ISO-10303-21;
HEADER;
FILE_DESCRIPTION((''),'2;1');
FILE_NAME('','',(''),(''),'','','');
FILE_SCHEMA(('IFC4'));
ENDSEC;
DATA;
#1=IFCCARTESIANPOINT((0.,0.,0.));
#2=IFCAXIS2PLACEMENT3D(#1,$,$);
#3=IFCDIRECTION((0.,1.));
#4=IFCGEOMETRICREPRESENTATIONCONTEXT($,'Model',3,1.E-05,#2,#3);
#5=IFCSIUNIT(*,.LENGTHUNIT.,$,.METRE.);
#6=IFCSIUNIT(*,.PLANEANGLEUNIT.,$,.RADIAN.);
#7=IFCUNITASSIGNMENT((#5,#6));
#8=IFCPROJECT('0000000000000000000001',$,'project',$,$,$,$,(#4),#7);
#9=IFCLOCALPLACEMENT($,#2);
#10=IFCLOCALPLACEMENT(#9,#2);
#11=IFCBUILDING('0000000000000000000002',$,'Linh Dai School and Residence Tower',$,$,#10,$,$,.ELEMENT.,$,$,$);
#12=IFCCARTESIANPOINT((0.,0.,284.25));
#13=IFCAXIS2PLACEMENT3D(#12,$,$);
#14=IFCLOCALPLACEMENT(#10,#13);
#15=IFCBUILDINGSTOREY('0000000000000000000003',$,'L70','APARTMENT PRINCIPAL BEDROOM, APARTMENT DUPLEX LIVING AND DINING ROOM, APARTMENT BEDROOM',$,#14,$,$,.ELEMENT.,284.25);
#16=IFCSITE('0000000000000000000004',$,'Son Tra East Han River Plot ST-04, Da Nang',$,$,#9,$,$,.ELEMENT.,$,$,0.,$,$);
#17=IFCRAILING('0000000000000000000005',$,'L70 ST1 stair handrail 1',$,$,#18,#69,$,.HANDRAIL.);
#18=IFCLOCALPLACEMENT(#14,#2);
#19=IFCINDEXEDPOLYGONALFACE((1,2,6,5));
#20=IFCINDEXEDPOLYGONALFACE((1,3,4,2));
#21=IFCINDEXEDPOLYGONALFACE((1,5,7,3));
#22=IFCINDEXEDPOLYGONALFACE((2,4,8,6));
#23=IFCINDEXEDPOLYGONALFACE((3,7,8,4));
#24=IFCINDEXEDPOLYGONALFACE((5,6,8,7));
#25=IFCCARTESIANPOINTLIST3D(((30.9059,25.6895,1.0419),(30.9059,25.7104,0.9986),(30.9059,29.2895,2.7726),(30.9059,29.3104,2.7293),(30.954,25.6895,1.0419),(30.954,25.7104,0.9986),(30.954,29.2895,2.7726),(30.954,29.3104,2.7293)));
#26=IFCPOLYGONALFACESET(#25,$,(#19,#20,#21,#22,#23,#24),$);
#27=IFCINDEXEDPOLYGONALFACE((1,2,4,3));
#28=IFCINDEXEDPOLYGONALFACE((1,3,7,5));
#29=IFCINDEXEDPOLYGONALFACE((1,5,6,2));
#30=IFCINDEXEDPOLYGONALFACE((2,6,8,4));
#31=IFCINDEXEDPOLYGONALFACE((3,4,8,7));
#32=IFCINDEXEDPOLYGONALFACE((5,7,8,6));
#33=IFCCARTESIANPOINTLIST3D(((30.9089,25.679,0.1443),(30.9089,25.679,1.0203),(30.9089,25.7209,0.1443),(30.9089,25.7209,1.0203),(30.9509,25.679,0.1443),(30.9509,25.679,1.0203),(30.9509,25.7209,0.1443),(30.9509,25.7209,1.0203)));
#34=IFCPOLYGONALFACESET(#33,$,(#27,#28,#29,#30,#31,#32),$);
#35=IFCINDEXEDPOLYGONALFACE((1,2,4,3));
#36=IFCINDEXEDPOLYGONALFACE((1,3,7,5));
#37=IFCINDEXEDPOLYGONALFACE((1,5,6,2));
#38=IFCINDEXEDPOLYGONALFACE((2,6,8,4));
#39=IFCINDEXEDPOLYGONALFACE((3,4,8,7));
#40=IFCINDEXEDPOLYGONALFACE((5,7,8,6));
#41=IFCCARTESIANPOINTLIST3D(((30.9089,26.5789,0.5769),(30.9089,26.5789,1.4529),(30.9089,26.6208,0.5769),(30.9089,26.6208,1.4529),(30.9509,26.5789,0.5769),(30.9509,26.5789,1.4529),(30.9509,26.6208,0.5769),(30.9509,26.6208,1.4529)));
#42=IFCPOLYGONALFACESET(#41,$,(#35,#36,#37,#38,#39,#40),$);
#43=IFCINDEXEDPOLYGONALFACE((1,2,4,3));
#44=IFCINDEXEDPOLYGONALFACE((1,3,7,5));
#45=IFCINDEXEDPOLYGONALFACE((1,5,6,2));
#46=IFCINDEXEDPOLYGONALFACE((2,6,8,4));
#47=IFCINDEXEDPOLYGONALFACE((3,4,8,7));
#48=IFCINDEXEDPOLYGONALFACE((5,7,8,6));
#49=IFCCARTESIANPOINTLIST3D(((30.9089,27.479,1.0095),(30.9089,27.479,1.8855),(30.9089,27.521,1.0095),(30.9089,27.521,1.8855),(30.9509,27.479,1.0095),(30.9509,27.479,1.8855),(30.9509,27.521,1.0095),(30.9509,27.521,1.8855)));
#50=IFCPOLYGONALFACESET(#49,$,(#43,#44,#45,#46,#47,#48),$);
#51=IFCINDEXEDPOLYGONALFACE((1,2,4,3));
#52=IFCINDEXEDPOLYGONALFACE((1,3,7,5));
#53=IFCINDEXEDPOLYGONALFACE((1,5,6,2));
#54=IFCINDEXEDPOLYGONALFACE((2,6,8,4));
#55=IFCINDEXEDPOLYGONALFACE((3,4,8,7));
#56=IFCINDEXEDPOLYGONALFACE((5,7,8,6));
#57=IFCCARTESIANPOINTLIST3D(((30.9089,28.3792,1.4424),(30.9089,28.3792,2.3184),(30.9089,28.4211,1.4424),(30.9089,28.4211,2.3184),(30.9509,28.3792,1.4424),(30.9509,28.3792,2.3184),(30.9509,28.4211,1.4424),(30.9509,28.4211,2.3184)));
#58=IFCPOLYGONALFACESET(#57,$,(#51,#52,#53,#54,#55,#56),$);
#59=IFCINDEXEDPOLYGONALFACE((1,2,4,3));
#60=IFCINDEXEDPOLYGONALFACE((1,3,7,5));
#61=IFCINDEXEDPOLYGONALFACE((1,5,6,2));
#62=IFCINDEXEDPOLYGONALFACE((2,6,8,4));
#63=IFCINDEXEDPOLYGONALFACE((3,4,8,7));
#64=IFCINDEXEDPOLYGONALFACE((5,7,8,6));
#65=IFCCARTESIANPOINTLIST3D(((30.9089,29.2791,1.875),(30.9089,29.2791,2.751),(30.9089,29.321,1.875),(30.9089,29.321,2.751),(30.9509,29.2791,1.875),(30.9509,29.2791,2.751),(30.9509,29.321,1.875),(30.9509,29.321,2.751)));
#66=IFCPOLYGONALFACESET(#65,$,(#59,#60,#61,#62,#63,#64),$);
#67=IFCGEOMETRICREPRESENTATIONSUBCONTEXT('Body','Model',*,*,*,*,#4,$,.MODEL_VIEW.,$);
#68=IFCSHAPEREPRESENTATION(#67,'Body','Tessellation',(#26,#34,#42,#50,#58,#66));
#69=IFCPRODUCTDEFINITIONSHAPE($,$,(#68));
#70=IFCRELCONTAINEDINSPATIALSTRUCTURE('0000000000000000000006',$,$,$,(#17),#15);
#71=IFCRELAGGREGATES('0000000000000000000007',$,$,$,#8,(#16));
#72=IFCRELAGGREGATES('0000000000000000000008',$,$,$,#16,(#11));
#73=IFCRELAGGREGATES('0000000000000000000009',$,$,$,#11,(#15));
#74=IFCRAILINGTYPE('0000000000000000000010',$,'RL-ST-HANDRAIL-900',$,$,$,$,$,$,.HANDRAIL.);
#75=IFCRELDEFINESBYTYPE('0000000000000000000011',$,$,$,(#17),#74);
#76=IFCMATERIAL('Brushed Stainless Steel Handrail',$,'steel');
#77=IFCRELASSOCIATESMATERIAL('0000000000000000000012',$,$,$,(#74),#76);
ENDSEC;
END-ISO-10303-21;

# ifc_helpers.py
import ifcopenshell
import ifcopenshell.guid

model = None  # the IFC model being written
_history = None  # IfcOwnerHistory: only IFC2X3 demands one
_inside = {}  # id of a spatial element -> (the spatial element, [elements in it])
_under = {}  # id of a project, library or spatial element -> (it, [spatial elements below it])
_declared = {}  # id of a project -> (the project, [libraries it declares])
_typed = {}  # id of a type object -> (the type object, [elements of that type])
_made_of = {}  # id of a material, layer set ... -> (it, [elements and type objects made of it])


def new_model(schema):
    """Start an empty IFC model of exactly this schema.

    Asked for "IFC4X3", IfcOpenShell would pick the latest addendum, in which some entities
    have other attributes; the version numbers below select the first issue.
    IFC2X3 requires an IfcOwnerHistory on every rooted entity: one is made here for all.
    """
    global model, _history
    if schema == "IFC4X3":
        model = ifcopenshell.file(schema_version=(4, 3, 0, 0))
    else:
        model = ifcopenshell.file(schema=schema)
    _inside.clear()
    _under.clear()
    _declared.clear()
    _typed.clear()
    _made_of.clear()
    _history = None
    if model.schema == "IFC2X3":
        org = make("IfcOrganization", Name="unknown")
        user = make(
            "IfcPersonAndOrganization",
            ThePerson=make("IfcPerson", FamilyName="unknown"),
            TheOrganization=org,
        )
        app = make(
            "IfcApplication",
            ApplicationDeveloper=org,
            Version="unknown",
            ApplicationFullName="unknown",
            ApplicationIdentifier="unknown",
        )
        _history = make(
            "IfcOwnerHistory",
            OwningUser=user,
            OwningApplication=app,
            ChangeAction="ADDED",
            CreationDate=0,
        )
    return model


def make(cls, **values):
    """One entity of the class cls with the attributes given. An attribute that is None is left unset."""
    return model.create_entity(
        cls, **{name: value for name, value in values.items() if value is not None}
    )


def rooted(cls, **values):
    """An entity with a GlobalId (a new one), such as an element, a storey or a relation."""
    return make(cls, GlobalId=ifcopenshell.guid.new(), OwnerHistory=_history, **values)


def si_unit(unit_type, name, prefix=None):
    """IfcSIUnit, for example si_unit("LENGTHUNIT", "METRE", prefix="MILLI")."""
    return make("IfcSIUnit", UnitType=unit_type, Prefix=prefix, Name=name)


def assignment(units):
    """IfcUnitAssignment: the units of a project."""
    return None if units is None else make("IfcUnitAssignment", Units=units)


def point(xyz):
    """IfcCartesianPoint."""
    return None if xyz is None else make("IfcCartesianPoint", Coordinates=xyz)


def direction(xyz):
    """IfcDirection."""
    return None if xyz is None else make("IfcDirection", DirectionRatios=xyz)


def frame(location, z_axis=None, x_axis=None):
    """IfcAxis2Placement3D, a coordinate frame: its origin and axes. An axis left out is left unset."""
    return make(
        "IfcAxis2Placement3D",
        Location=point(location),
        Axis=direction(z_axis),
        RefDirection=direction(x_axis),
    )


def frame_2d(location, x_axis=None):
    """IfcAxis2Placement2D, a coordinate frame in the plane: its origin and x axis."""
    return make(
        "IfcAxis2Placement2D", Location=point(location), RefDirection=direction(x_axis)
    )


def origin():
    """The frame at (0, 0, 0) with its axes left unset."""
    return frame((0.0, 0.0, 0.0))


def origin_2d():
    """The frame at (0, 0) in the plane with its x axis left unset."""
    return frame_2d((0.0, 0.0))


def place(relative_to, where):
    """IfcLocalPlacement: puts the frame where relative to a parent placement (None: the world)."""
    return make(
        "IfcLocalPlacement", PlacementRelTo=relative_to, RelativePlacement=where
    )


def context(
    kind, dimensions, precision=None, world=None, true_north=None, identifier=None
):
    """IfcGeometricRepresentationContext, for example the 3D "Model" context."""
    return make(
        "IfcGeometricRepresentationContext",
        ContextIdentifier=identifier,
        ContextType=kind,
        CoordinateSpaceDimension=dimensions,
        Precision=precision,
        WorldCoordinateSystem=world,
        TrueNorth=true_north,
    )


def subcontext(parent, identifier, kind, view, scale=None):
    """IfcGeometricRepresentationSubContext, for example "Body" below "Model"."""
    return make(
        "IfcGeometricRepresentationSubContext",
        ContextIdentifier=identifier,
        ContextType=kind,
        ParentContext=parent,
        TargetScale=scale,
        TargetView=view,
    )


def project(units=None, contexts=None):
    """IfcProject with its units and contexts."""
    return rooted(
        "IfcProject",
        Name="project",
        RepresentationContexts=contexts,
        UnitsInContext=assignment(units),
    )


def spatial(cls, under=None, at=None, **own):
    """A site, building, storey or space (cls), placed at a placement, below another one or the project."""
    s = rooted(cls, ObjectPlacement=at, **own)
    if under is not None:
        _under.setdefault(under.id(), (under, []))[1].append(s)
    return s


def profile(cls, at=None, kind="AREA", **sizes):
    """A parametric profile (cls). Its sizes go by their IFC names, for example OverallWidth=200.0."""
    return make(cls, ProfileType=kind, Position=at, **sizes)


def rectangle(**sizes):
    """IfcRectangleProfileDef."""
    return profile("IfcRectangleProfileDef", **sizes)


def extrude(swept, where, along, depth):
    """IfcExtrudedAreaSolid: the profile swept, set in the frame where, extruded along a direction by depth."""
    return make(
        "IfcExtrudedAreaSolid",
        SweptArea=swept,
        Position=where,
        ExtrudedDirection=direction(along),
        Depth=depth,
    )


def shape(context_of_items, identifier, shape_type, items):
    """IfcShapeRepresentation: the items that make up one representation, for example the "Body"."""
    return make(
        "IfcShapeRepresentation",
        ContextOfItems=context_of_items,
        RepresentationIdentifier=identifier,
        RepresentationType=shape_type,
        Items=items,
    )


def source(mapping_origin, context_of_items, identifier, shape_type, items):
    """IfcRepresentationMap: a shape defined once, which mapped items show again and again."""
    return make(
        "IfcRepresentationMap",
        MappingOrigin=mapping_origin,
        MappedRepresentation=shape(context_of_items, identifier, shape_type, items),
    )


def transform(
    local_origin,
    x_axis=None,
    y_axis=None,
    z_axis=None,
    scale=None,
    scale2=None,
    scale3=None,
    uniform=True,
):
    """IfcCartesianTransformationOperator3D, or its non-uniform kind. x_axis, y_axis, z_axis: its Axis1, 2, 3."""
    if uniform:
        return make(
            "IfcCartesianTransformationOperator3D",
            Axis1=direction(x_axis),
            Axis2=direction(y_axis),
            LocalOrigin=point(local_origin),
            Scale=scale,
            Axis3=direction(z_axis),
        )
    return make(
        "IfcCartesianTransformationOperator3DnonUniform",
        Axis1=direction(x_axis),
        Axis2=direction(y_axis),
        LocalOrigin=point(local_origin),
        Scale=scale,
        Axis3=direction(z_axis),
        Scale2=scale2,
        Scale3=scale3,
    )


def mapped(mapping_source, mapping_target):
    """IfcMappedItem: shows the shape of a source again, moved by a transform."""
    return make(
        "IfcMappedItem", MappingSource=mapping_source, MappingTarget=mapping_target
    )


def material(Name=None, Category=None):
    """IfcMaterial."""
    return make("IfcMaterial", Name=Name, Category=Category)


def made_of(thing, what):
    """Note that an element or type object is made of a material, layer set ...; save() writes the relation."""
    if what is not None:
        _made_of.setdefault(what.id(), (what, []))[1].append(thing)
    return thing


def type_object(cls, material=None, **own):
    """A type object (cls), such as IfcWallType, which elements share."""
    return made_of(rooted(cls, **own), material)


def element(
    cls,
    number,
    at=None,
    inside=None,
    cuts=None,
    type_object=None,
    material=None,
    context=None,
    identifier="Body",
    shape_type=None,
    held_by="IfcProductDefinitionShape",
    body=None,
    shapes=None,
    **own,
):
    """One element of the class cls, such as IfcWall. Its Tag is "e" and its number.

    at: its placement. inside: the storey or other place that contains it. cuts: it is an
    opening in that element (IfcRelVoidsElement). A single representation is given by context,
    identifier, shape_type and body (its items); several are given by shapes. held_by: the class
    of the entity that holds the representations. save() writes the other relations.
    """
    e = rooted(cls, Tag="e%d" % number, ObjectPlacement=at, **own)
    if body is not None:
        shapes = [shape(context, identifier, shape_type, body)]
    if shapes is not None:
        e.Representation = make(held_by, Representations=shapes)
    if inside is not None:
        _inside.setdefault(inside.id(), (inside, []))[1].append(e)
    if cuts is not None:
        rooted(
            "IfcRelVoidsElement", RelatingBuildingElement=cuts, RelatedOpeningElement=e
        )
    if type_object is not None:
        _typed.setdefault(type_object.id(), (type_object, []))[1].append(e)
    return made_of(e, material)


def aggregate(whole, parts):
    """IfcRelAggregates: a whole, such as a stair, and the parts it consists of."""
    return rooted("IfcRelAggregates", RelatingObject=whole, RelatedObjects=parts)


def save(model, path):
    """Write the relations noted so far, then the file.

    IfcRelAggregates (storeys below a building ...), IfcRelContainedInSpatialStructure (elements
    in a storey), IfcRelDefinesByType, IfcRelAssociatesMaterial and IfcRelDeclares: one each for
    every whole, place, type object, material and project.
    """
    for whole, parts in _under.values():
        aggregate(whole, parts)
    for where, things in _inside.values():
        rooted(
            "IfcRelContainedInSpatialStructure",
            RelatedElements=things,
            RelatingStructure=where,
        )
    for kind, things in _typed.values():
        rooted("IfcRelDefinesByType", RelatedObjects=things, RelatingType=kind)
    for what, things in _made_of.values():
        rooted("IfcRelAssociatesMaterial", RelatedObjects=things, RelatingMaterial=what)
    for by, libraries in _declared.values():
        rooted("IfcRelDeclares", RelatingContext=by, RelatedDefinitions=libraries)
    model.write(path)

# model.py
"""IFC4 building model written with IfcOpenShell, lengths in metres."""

from ifc_helpers import new_model, si_unit, direction, frame, origin, origin_2d, place, context, subcontext, project, spatial, rectangle, extrude, source, transform, mapped, material, type_object, element, save


model = new_model("IFC4")

# Units and contexts
model_context = context("Model", 3, precision=1e-05, world=origin(), true_north=direction((0.0, 1.0)))
body_context = subcontext(model_context, "Body", "Model", "MODEL_VIEW")
ifc_project = project(units=[si_unit("LENGTHUNIT", "METRE"), si_unit("PLANEANGLEUNIT", "RADIAN")], contexts=[model_context])

# Site, building, storey
site_placement = place(None, origin())
site = spatial("IfcSite", under=ifc_project, at=site_placement, Name="Son Tra East Han River Plot ST-04, Da Nang", CompositionType="ELEMENT", RefElevation=0.0)
building_placement = place(site_placement, origin())
building = spatial("IfcBuilding", under=site, at=building_placement, Name="Linh Dai School and Residence Tower", CompositionType="ELEMENT")
storey_placement = place(building_placement, frame((0.0, 0.0, 284.25)))
storey = spatial("IfcBuildingStorey", under=building, at=storey_placement, Name="L70", Description="APARTMENT PRINCIPAL BEDROOM, APARTMENT DUPLEX LIVING AND DINING ROOM, APARTMENT BEDROOM", CompositionType="ELEMENT", Elevation=284.25)

# Railing
ifc_material_1 = material(Name="Brushed Stainless Steel Handrail", Category="steel")
railing_type_1 = type_object("IfcRailingType", Name="RL-ST-HANDRAIL-900", PredefinedType="HANDRAIL", material=ifc_material_1)
shared_shape_1 = source(origin(), body_context, "Body", "SweptSolid", [
    extrude(rectangle(XDim=0.0481, YDim=0.0481, at=origin_2d()), frame((0.0, 0.0, 0.876), z_axis=(0.0, 0.901263, 0.433273), x_axis=(-1.0, 0.0, 0.0)), (0.0, 0.0, 1.0), 3.9944),
    extrude(rectangle(XDim=0.042, YDim=0.042, at=origin_2d()), origin(), (0.0, 0.0, 1.0), 0.876),
    extrude(rectangle(XDim=0.042, YDim=0.042, at=origin_2d()), frame((0.0, 0.8999, 0.4326)), (0.0, 0.0, 1.0), 0.876),
    extrude(rectangle(XDim=0.042, YDim=0.042, at=origin_2d()), frame((0.0, 1.8, 0.8652)), (0.0, 0.0, 1.0), 0.876),
    extrude(rectangle(XDim=0.042, YDim=0.042, at=origin_2d()), frame((0.0, 2.7002, 1.2981)), (0.0, 0.0, 1.0), 0.876),
    extrude(rectangle(XDim=0.042, YDim=0.042, at=origin_2d()), frame((0.0, 3.6001, 1.7307)), (0.0, 0.0, 1.0), 0.876),
])
railing_1_placement = place(storey_placement, frame((30.9299, 25.7, 0.1443)))
element("IfcRailing", 1, at=railing_1_placement, inside=storey, type_object=railing_type_1, Name="L70 ST1 stair handrail 1", PredefinedType="HANDRAIL", context=body_context, shape_type="MappedRepresentation", body=[
    mapped(shared_shape_1, transform((0.0, 0.0, 0.0), x_axis=(1.0, 0.0, 0.0), y_axis=(0.0, 1.0, 0.0), z_axis=(0.0, 0.0, 1.0), scale=1.0)),
])

save(model, "model.ifc")
